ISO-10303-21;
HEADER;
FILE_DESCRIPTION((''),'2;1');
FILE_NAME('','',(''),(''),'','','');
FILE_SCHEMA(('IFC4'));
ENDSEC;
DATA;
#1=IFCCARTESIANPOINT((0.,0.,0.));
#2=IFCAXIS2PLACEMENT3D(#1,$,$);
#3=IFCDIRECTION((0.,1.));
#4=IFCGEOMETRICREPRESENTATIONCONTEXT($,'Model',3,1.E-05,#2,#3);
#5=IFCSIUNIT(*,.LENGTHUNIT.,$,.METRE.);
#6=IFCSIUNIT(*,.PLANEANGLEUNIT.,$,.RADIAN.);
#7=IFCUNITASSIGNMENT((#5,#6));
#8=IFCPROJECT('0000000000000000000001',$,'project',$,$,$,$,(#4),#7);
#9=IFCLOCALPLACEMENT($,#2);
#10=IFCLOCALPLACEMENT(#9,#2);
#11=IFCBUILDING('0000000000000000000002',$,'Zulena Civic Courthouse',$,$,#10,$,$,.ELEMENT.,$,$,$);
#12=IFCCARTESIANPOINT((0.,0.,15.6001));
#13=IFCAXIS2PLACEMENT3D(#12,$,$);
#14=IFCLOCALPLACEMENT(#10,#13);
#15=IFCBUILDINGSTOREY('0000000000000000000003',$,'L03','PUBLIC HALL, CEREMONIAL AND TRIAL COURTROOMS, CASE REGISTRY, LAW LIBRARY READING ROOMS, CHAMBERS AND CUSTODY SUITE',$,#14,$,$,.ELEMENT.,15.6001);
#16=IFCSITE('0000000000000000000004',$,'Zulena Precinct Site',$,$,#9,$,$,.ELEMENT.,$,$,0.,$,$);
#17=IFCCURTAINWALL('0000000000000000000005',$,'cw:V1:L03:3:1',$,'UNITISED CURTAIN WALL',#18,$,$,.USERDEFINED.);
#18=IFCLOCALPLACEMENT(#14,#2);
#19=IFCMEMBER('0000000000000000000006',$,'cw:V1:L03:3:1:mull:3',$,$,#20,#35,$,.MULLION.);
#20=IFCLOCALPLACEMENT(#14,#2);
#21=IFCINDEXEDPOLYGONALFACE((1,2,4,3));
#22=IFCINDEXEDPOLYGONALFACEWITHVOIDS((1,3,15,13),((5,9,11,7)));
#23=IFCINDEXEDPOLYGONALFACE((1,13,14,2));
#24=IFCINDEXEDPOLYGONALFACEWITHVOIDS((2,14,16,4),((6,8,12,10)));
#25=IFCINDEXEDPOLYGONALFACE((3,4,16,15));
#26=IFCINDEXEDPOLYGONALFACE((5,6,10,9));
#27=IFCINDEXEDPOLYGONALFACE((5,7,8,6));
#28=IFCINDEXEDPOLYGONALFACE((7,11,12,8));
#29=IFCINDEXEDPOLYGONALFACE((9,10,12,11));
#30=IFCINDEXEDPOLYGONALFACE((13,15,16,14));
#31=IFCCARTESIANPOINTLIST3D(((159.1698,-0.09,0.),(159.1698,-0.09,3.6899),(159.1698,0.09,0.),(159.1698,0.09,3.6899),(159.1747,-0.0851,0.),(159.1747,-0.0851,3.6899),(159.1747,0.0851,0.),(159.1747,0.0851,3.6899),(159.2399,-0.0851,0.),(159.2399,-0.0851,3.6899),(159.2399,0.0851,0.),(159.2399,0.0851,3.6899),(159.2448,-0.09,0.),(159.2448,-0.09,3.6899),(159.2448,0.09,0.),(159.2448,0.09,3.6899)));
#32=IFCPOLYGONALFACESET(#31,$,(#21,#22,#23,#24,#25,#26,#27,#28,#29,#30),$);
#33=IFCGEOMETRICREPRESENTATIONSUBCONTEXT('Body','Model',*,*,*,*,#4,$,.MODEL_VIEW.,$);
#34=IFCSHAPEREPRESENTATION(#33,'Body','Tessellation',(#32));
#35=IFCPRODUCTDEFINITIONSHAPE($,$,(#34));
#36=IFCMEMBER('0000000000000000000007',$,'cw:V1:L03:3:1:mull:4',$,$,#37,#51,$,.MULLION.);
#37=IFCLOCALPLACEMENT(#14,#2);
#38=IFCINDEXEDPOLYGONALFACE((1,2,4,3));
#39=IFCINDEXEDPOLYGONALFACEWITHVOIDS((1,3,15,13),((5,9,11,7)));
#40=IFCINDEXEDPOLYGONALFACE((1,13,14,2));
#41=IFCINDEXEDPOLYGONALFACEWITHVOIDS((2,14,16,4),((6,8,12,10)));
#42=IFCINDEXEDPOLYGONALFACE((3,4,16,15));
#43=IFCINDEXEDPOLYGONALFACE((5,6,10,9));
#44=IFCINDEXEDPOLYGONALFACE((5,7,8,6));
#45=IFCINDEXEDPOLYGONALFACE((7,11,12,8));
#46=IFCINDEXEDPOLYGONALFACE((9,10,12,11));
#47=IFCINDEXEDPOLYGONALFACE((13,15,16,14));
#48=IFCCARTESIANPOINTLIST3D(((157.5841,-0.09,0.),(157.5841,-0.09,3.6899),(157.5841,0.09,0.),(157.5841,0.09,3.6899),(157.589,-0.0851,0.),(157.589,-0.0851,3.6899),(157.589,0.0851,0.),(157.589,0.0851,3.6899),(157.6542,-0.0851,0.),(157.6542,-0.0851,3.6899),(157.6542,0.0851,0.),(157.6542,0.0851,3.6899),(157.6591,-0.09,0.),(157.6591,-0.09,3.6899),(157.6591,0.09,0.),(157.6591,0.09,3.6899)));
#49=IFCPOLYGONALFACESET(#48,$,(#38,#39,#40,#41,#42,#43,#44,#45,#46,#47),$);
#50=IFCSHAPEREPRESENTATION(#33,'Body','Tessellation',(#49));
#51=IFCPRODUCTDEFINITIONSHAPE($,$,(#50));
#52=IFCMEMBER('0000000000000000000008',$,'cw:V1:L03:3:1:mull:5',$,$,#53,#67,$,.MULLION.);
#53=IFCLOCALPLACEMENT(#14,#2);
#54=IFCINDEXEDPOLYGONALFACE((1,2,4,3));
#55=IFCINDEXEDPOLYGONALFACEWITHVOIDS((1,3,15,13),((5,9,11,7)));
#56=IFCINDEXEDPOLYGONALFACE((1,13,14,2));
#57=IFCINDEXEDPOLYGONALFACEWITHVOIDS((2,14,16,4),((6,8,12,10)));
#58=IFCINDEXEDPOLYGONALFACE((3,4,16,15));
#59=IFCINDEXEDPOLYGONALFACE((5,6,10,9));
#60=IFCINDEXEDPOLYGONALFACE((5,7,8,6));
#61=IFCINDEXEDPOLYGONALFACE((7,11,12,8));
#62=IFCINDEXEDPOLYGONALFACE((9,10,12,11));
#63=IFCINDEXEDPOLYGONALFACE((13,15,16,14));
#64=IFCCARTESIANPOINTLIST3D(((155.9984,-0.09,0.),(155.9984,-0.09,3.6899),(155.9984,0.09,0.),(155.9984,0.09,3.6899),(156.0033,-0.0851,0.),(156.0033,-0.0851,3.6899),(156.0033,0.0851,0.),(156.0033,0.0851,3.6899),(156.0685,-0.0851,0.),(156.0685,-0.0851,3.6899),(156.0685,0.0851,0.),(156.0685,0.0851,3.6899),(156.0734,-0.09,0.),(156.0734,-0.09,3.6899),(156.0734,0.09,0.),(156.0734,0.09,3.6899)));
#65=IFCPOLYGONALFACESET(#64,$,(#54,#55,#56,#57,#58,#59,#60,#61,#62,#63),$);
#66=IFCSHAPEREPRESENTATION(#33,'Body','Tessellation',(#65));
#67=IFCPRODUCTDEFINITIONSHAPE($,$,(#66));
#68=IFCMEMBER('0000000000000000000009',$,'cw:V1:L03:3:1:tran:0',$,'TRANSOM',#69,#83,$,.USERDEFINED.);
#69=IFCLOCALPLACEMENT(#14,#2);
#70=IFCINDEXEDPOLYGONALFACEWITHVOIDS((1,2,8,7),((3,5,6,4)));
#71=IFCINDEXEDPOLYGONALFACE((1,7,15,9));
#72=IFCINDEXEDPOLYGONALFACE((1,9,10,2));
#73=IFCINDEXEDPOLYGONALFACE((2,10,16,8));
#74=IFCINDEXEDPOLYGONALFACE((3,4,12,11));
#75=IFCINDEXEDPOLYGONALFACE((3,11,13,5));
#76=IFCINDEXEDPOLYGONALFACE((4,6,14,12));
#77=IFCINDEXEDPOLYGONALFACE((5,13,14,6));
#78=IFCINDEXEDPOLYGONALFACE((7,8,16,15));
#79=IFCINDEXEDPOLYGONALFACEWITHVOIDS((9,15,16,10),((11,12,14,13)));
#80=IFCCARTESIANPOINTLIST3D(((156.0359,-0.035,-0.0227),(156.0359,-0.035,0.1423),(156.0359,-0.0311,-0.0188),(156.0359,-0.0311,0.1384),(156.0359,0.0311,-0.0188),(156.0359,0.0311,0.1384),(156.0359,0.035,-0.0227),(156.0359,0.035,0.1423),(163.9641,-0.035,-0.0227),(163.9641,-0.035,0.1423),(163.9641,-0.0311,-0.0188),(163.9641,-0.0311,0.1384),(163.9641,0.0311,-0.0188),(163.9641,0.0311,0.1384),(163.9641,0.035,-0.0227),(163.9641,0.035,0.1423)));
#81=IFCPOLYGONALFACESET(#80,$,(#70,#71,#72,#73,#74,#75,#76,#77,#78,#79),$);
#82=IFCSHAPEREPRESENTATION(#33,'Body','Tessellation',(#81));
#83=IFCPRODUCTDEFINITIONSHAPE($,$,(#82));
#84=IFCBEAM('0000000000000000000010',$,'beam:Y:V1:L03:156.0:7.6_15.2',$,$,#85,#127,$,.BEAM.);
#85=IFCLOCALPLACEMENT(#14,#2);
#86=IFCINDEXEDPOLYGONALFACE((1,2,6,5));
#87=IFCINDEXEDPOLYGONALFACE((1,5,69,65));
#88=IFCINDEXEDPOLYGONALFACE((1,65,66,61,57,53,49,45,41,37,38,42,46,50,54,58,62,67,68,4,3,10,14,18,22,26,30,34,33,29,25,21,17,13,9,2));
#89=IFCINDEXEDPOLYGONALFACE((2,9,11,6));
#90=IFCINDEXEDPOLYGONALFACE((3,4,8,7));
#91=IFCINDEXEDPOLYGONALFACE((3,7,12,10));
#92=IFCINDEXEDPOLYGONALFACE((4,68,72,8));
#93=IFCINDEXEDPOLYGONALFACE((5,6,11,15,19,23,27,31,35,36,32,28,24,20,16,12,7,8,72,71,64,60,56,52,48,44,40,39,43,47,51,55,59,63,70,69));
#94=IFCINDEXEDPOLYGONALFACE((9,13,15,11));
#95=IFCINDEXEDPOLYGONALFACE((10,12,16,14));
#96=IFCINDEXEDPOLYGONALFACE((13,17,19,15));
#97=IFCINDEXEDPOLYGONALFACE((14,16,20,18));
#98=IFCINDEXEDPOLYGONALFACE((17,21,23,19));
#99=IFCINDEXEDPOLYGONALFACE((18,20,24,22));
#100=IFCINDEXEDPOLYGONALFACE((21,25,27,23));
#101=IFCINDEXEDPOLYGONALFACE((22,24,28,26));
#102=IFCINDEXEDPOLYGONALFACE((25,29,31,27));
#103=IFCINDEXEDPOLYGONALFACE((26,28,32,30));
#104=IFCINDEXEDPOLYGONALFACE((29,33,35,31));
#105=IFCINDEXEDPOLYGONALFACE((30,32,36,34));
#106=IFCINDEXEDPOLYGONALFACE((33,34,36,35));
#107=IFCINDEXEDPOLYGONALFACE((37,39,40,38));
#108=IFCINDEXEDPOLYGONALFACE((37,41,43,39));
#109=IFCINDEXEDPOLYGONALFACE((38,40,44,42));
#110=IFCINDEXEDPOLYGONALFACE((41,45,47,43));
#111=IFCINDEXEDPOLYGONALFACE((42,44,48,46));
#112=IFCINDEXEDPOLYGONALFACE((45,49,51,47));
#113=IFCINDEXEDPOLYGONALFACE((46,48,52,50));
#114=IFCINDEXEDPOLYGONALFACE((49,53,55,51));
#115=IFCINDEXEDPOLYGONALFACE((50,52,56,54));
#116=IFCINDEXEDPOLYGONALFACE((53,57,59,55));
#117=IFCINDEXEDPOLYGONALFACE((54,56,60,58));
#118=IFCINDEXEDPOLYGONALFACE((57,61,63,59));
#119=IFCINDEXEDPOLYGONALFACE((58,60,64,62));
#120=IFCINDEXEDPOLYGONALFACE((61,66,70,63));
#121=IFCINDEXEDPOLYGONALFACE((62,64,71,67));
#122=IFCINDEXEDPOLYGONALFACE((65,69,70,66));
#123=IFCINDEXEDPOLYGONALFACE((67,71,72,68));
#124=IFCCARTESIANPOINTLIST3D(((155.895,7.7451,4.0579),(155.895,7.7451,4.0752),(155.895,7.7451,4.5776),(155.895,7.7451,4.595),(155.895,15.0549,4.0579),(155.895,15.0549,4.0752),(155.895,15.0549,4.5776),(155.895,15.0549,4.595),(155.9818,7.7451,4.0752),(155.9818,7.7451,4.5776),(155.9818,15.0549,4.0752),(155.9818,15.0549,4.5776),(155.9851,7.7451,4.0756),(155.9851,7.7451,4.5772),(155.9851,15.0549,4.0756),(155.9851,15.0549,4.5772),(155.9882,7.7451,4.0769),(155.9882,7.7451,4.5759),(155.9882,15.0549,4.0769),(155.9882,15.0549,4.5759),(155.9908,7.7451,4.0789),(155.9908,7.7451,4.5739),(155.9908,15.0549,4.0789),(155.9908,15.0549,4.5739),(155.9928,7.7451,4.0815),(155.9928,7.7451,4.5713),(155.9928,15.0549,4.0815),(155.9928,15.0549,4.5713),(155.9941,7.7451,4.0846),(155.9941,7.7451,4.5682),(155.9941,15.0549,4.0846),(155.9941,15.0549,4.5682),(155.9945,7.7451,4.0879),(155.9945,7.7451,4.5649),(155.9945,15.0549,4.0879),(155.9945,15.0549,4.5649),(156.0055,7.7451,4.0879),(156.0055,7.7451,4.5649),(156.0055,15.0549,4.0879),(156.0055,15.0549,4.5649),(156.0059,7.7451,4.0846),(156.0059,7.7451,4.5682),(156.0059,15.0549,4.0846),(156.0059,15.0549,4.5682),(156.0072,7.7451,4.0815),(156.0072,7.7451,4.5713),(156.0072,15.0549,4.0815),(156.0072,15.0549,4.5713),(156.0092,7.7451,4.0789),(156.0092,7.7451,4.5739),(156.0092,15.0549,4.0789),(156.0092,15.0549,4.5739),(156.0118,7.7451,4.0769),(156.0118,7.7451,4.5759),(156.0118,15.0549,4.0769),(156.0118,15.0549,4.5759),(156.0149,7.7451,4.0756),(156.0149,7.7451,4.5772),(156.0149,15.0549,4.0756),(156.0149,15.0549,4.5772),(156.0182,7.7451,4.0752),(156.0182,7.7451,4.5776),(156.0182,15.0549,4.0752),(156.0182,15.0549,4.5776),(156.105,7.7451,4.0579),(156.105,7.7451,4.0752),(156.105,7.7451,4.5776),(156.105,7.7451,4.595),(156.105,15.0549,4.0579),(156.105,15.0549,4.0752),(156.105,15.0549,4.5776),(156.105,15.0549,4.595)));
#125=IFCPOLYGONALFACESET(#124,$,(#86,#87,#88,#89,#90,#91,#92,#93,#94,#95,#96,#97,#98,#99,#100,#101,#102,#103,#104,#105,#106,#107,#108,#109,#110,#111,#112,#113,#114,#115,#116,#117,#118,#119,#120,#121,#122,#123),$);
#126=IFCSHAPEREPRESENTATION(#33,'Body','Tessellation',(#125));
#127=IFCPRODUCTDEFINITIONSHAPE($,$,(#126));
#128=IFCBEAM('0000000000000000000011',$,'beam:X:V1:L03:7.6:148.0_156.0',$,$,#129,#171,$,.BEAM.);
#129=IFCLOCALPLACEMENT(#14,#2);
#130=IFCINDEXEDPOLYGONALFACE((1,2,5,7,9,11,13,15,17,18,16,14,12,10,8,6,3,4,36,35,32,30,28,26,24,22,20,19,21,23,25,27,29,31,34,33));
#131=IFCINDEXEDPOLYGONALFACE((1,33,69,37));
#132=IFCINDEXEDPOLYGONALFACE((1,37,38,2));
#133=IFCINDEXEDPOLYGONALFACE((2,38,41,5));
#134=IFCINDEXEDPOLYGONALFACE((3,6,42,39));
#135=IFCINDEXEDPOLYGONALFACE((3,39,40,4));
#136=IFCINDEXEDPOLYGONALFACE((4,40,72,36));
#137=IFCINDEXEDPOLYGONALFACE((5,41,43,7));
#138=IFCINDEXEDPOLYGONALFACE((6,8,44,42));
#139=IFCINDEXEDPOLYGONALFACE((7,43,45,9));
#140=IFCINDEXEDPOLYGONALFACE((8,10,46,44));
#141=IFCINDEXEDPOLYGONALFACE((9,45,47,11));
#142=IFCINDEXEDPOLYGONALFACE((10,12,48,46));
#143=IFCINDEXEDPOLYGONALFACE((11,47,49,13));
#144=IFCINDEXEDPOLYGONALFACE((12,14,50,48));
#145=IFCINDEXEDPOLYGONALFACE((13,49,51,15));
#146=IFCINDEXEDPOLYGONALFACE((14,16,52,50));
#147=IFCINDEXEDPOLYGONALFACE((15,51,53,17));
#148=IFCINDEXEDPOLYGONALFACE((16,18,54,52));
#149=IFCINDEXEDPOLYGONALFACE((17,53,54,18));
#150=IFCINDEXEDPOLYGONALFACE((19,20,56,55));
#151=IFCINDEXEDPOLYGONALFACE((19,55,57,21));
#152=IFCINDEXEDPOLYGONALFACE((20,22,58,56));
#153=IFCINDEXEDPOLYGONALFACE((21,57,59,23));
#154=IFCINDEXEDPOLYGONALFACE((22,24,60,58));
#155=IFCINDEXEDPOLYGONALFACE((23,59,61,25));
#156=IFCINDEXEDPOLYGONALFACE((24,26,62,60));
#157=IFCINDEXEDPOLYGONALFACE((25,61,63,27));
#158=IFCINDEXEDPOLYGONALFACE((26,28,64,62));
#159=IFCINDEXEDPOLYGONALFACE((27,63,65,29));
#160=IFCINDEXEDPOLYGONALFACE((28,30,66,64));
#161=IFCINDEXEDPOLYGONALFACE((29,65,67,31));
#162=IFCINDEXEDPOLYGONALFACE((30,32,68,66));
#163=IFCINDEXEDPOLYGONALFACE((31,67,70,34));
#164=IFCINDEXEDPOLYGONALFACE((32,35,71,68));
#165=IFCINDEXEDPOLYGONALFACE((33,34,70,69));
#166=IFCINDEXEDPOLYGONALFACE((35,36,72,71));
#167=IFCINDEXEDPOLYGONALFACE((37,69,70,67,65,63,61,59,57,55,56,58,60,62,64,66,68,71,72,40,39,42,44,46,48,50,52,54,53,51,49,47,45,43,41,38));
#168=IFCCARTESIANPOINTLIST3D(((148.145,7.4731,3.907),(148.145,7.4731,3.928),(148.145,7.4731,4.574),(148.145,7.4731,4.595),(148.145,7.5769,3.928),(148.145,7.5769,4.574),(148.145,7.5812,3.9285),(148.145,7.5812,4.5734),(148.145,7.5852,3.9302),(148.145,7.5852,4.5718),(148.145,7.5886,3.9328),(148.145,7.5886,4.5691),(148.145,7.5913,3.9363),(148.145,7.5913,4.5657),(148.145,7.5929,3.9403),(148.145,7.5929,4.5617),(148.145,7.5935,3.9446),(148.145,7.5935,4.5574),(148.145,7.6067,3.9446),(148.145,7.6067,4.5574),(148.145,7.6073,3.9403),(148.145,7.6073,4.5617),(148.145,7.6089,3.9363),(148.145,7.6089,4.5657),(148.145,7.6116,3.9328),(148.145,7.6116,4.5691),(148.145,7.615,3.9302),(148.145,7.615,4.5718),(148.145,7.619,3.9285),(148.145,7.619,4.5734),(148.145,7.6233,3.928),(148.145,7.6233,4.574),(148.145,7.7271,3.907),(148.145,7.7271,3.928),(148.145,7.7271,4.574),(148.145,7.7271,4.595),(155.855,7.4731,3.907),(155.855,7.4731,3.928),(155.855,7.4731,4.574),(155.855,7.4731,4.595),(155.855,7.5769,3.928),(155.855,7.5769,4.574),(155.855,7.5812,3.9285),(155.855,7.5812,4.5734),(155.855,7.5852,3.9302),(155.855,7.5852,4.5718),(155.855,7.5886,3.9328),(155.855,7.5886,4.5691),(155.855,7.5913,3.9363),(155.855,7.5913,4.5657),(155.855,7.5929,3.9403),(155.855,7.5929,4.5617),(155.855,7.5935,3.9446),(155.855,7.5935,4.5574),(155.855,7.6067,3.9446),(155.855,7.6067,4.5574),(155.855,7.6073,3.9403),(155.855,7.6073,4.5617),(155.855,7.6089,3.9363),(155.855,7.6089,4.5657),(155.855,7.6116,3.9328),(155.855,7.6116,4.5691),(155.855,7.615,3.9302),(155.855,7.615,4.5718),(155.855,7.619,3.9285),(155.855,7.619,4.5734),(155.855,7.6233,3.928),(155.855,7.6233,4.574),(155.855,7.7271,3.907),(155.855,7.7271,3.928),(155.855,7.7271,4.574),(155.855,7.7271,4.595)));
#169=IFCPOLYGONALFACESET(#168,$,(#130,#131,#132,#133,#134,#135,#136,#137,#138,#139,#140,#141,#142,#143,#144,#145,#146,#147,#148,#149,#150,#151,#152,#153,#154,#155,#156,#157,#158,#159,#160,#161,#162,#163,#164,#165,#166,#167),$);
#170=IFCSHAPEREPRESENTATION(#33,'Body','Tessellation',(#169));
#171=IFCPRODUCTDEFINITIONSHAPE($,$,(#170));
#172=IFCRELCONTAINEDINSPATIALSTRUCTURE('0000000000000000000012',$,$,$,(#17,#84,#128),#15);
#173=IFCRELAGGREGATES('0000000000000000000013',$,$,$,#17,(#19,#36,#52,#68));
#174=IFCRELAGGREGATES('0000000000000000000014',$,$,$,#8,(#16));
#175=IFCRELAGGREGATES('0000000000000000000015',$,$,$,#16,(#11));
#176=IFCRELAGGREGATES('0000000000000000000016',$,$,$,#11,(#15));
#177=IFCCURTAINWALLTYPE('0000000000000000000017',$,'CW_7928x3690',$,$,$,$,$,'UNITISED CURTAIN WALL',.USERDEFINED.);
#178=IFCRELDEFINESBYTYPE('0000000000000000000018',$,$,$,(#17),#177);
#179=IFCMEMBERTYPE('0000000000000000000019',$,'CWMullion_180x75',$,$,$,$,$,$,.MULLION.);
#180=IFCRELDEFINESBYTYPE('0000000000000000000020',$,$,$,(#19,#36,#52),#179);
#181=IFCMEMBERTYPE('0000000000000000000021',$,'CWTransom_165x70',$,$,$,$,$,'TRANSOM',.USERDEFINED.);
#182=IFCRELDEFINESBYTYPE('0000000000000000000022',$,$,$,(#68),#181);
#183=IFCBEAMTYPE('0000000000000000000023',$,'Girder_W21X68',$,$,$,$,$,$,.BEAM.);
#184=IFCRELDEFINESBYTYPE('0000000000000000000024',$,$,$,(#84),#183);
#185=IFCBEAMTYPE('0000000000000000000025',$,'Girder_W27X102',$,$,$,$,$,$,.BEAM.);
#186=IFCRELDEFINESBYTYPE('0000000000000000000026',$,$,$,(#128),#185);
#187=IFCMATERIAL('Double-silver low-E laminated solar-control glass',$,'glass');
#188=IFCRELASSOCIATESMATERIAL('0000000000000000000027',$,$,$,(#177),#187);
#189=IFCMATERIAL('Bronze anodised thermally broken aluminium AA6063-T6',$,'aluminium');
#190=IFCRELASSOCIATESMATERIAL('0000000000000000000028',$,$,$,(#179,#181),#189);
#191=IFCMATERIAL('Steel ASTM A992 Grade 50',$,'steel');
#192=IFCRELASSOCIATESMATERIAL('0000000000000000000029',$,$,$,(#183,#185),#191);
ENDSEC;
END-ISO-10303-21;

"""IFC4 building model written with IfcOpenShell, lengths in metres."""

from ifc_helpers import new_model, si_unit, direction, frame, origin, origin_2d, place, context, subcontext, project, spatial, hollow_rectangle, i_section, extrude, material, material_profile, profile_set, type_object, element, aggregate, save


model = new_model("IFC4")

# Units and contexts
model_context = context("Model", 3, precision=1e-05, world=origin(), true_north=direction((0.0, 1.0)))
body_context = subcontext(model_context, "Body", "Model", "MODEL_VIEW")
ifc_project = project(units=[si_unit("LENGTHUNIT", "METRE"), si_unit("PLANEANGLEUNIT", "RADIAN")], contexts=[model_context])

# Site, building, storey
site_placement = place(None, origin())
site = spatial("IfcSite", under=ifc_project, at=site_placement, Name="Zulena Precinct Site", CompositionType="ELEMENT", RefElevation=0.0)
building_placement = place(site_placement, origin())
building = spatial("IfcBuilding", under=site, at=building_placement, Name="Zulena Civic Courthouse", CompositionType="ELEMENT")
storey_placement = place(building_placement, frame((0.0, 0.0, 15.6001)))
storey = spatial("IfcBuildingStorey", under=building, at=storey_placement, Name="L03", Description="PUBLIC HALL, CEREMONIAL AND TRIAL COURTROOMS, CASE REGISTRY, LAW LIBRARY READING ROOMS, CHAMBERS AND CUSTODY SUITE", CompositionType="ELEMENT", Elevation=15.6001)

# Shared definitions
ifc_material_1 = material(Name="Steel ASTM A992 Grade 50", Category="steel")

# Curtain wall, members
ifc_material_2 = material(Name="Double-silver low-E laminated solar-control glass", Category="glass")
curtain_wall_type = type_object("IfcCurtainWallType", Name="CW_7928x3690", ElementType="UNITISED CURTAIN WALL", PredefinedType="USERDEFINED", material=ifc_material_2)
curtain_wall_placement = place(storey_placement, origin())
curtain_wall = element("IfcCurtainWall", 1, at=curtain_wall_placement, inside=storey, type_object=curtain_wall_type, Name="cw:V1:L03:3:1", ObjectType="UNITISED CURTAIN WALL", PredefinedType="USERDEFINED")
ifc_material_3 = material(Name="Bronze anodised thermally broken aluminium AA6063-T6", Category="aluminium")
ifc_material_profile_1 = material_profile(ifc_material_3, hollow_rectangle(XDim=0.075, YDim=0.1799, WallThickness=0.0049, at=origin_2d()), Name="CWM180X75X5")
ifc_profile_set_1 = profile_set([ifc_material_profile_1], Name="Bronze anodised thermally broken aluminium AA6063-T6")
member_type_1 = type_object("IfcMemberType", Name="CWMullion_180x75", PredefinedType="MULLION", material=ifc_profile_set_1)
member_1_placement = place(storey_placement, frame((159.2073, 0.0, 0.0), z_axis=(0.0, 0.0, 1.0), x_axis=(1.0, 0.0, 0.0)))
member_1 = element("IfcMember", 2, at=member_1_placement, type_object=member_type_1, Name="cw:V1:L03:3:1:mull:3", PredefinedType="MULLION", context=body_context, shape_type="SweptSolid", body=[
    extrude(hollow_rectangle(XDim=0.075, YDim=0.1799, WallThickness=0.0049, at=origin_2d()), origin(), (0.0, 0.0, 1.0), 3.6899),
])
member_2_placement = place(storey_placement, frame((157.6216, 0.0, 0.0), z_axis=(0.0, 0.0, 1.0), x_axis=(1.0, 0.0, 0.0)))
member_2 = element("IfcMember", 3, at=member_2_placement, type_object=member_type_1, Name="cw:V1:L03:3:1:mull:4", PredefinedType="MULLION", context=body_context, shape_type="SweptSolid", body=[
    extrude(hollow_rectangle(XDim=0.075, YDim=0.1799, WallThickness=0.0049, at=origin_2d()), origin(), (0.0, 0.0, 1.0), 3.6899),
])
member_3_placement = place(storey_placement, frame((156.0359, 0.0, 0.0), z_axis=(0.0, 0.0, 1.0), x_axis=(1.0, 0.0, 0.0)))
member_3 = element("IfcMember", 4, at=member_3_placement, type_object=member_type_1, Name="cw:V1:L03:3:1:mull:5", PredefinedType="MULLION", context=body_context, shape_type="SweptSolid", body=[
    extrude(hollow_rectangle(XDim=0.075, YDim=0.1799, WallThickness=0.0049, at=origin_2d()), origin(), (0.0, 0.0, 1.0), 3.6899),
])
ifc_material_profile_2 = material_profile(ifc_material_3, hollow_rectangle(XDim=0.0701, YDim=0.165, WallThickness=0.0039, at=origin_2d()), Name="CWT165X70X4")
ifc_profile_set_2 = profile_set([ifc_material_profile_2], Name="Bronze anodised thermally broken aluminium AA6063-T6")
member_type_2 = type_object("IfcMemberType", Name="CWTransom_165x70", ElementType="TRANSOM", PredefinedType="USERDEFINED", material=ifc_profile_set_2)
member_4_placement = place(storey_placement, frame((163.9641, 0.0, 0.0598), z_axis=(-1.0, 0.0, 0.0), x_axis=(0.0, -1.0, 0.0)))
member_4 = element("IfcMember", 5, at=member_4_placement, type_object=member_type_2, Name="cw:V1:L03:3:1:tran:0", ObjectType="TRANSOM", PredefinedType="USERDEFINED", context=body_context, shape_type="SweptSolid", body=[
    extrude(hollow_rectangle(XDim=0.0701, YDim=0.165, WallThickness=0.0039, at=origin_2d()), origin(), (0.0, 0.0, 1.0), 7.9282),
])

# Beams
ifc_material_profile_3 = material_profile(ifc_material_1, i_section(OverallWidth=0.21, OverallDepth=0.5371, WebThickness=0.011, FlangeThickness=0.0173, FilletRadius=0.0127, at=origin_2d()), Name="W21X68")
ifc_profile_set_3 = profile_set([ifc_material_profile_3], Name="Steel ASTM A992 Grade 50")
beam_type_1 = type_object("IfcBeamType", Name="Girder_W21X68", PredefinedType="BEAM", material=ifc_profile_set_3)
beam_1_placement = place(storey_placement, frame((156.0, 7.7451, 4.3264), z_axis=(0.0, 1.0, 0.0), x_axis=(-1.0, 0.0, 0.0)))
element("IfcBeam", 6, at=beam_1_placement, inside=storey, type_object=beam_type_1, Name="beam:Y:V1:L03:156.0:7.6_15.2", PredefinedType="BEAM", context=body_context, shape_type="SweptSolid", body=[
    extrude(i_section(OverallWidth=0.21, OverallDepth=0.5371, WebThickness=0.011, FlangeThickness=0.0173, FilletRadius=0.0127, at=origin_2d()), origin(), (0.0, 0.0, 1.0), 7.3098),
])
ifc_material_profile_4 = material_profile(ifc_material_1, i_section(OverallWidth=0.2539, OverallDepth=0.688, WebThickness=0.0132, FlangeThickness=0.021, FilletRadius=0.0166, at=origin_2d()), Name="W27X102")
ifc_profile_set_4 = profile_set([ifc_material_profile_4], Name="Steel ASTM A992 Grade 50")
beam_type_2 = type_object("IfcBeamType", Name="Girder_W27X102", PredefinedType="BEAM", material=ifc_profile_set_4)
for number, where, z_axis, x_axis, name in (
    (7, (148.145, 7.6001, 4.251), (1.0, 0.0, 0.0), (0.0, 1.0, 0.0), "beam:X:V1:L03:7.6:148.0_156.0"),
):
    element("IfcBeam", number, at=place(storey_placement, frame(where, z_axis=z_axis, x_axis=x_axis)), inside=storey, type_object=beam_type_2, Name=name, PredefinedType="BEAM", context=body_context, shape_type="SweptSolid", body=[
        extrude(i_section(OverallWidth=0.2539, OverallDepth=0.688, WebThickness=0.0132, FlangeThickness=0.021, FilletRadius=0.0166, at=origin_2d()), origin(), (0.0, 0.0, 1.0), 7.71),
    ])

aggregate(curtain_wall, [member_1, member_2, member_3, member_4])

save(model, "model.ifc")
